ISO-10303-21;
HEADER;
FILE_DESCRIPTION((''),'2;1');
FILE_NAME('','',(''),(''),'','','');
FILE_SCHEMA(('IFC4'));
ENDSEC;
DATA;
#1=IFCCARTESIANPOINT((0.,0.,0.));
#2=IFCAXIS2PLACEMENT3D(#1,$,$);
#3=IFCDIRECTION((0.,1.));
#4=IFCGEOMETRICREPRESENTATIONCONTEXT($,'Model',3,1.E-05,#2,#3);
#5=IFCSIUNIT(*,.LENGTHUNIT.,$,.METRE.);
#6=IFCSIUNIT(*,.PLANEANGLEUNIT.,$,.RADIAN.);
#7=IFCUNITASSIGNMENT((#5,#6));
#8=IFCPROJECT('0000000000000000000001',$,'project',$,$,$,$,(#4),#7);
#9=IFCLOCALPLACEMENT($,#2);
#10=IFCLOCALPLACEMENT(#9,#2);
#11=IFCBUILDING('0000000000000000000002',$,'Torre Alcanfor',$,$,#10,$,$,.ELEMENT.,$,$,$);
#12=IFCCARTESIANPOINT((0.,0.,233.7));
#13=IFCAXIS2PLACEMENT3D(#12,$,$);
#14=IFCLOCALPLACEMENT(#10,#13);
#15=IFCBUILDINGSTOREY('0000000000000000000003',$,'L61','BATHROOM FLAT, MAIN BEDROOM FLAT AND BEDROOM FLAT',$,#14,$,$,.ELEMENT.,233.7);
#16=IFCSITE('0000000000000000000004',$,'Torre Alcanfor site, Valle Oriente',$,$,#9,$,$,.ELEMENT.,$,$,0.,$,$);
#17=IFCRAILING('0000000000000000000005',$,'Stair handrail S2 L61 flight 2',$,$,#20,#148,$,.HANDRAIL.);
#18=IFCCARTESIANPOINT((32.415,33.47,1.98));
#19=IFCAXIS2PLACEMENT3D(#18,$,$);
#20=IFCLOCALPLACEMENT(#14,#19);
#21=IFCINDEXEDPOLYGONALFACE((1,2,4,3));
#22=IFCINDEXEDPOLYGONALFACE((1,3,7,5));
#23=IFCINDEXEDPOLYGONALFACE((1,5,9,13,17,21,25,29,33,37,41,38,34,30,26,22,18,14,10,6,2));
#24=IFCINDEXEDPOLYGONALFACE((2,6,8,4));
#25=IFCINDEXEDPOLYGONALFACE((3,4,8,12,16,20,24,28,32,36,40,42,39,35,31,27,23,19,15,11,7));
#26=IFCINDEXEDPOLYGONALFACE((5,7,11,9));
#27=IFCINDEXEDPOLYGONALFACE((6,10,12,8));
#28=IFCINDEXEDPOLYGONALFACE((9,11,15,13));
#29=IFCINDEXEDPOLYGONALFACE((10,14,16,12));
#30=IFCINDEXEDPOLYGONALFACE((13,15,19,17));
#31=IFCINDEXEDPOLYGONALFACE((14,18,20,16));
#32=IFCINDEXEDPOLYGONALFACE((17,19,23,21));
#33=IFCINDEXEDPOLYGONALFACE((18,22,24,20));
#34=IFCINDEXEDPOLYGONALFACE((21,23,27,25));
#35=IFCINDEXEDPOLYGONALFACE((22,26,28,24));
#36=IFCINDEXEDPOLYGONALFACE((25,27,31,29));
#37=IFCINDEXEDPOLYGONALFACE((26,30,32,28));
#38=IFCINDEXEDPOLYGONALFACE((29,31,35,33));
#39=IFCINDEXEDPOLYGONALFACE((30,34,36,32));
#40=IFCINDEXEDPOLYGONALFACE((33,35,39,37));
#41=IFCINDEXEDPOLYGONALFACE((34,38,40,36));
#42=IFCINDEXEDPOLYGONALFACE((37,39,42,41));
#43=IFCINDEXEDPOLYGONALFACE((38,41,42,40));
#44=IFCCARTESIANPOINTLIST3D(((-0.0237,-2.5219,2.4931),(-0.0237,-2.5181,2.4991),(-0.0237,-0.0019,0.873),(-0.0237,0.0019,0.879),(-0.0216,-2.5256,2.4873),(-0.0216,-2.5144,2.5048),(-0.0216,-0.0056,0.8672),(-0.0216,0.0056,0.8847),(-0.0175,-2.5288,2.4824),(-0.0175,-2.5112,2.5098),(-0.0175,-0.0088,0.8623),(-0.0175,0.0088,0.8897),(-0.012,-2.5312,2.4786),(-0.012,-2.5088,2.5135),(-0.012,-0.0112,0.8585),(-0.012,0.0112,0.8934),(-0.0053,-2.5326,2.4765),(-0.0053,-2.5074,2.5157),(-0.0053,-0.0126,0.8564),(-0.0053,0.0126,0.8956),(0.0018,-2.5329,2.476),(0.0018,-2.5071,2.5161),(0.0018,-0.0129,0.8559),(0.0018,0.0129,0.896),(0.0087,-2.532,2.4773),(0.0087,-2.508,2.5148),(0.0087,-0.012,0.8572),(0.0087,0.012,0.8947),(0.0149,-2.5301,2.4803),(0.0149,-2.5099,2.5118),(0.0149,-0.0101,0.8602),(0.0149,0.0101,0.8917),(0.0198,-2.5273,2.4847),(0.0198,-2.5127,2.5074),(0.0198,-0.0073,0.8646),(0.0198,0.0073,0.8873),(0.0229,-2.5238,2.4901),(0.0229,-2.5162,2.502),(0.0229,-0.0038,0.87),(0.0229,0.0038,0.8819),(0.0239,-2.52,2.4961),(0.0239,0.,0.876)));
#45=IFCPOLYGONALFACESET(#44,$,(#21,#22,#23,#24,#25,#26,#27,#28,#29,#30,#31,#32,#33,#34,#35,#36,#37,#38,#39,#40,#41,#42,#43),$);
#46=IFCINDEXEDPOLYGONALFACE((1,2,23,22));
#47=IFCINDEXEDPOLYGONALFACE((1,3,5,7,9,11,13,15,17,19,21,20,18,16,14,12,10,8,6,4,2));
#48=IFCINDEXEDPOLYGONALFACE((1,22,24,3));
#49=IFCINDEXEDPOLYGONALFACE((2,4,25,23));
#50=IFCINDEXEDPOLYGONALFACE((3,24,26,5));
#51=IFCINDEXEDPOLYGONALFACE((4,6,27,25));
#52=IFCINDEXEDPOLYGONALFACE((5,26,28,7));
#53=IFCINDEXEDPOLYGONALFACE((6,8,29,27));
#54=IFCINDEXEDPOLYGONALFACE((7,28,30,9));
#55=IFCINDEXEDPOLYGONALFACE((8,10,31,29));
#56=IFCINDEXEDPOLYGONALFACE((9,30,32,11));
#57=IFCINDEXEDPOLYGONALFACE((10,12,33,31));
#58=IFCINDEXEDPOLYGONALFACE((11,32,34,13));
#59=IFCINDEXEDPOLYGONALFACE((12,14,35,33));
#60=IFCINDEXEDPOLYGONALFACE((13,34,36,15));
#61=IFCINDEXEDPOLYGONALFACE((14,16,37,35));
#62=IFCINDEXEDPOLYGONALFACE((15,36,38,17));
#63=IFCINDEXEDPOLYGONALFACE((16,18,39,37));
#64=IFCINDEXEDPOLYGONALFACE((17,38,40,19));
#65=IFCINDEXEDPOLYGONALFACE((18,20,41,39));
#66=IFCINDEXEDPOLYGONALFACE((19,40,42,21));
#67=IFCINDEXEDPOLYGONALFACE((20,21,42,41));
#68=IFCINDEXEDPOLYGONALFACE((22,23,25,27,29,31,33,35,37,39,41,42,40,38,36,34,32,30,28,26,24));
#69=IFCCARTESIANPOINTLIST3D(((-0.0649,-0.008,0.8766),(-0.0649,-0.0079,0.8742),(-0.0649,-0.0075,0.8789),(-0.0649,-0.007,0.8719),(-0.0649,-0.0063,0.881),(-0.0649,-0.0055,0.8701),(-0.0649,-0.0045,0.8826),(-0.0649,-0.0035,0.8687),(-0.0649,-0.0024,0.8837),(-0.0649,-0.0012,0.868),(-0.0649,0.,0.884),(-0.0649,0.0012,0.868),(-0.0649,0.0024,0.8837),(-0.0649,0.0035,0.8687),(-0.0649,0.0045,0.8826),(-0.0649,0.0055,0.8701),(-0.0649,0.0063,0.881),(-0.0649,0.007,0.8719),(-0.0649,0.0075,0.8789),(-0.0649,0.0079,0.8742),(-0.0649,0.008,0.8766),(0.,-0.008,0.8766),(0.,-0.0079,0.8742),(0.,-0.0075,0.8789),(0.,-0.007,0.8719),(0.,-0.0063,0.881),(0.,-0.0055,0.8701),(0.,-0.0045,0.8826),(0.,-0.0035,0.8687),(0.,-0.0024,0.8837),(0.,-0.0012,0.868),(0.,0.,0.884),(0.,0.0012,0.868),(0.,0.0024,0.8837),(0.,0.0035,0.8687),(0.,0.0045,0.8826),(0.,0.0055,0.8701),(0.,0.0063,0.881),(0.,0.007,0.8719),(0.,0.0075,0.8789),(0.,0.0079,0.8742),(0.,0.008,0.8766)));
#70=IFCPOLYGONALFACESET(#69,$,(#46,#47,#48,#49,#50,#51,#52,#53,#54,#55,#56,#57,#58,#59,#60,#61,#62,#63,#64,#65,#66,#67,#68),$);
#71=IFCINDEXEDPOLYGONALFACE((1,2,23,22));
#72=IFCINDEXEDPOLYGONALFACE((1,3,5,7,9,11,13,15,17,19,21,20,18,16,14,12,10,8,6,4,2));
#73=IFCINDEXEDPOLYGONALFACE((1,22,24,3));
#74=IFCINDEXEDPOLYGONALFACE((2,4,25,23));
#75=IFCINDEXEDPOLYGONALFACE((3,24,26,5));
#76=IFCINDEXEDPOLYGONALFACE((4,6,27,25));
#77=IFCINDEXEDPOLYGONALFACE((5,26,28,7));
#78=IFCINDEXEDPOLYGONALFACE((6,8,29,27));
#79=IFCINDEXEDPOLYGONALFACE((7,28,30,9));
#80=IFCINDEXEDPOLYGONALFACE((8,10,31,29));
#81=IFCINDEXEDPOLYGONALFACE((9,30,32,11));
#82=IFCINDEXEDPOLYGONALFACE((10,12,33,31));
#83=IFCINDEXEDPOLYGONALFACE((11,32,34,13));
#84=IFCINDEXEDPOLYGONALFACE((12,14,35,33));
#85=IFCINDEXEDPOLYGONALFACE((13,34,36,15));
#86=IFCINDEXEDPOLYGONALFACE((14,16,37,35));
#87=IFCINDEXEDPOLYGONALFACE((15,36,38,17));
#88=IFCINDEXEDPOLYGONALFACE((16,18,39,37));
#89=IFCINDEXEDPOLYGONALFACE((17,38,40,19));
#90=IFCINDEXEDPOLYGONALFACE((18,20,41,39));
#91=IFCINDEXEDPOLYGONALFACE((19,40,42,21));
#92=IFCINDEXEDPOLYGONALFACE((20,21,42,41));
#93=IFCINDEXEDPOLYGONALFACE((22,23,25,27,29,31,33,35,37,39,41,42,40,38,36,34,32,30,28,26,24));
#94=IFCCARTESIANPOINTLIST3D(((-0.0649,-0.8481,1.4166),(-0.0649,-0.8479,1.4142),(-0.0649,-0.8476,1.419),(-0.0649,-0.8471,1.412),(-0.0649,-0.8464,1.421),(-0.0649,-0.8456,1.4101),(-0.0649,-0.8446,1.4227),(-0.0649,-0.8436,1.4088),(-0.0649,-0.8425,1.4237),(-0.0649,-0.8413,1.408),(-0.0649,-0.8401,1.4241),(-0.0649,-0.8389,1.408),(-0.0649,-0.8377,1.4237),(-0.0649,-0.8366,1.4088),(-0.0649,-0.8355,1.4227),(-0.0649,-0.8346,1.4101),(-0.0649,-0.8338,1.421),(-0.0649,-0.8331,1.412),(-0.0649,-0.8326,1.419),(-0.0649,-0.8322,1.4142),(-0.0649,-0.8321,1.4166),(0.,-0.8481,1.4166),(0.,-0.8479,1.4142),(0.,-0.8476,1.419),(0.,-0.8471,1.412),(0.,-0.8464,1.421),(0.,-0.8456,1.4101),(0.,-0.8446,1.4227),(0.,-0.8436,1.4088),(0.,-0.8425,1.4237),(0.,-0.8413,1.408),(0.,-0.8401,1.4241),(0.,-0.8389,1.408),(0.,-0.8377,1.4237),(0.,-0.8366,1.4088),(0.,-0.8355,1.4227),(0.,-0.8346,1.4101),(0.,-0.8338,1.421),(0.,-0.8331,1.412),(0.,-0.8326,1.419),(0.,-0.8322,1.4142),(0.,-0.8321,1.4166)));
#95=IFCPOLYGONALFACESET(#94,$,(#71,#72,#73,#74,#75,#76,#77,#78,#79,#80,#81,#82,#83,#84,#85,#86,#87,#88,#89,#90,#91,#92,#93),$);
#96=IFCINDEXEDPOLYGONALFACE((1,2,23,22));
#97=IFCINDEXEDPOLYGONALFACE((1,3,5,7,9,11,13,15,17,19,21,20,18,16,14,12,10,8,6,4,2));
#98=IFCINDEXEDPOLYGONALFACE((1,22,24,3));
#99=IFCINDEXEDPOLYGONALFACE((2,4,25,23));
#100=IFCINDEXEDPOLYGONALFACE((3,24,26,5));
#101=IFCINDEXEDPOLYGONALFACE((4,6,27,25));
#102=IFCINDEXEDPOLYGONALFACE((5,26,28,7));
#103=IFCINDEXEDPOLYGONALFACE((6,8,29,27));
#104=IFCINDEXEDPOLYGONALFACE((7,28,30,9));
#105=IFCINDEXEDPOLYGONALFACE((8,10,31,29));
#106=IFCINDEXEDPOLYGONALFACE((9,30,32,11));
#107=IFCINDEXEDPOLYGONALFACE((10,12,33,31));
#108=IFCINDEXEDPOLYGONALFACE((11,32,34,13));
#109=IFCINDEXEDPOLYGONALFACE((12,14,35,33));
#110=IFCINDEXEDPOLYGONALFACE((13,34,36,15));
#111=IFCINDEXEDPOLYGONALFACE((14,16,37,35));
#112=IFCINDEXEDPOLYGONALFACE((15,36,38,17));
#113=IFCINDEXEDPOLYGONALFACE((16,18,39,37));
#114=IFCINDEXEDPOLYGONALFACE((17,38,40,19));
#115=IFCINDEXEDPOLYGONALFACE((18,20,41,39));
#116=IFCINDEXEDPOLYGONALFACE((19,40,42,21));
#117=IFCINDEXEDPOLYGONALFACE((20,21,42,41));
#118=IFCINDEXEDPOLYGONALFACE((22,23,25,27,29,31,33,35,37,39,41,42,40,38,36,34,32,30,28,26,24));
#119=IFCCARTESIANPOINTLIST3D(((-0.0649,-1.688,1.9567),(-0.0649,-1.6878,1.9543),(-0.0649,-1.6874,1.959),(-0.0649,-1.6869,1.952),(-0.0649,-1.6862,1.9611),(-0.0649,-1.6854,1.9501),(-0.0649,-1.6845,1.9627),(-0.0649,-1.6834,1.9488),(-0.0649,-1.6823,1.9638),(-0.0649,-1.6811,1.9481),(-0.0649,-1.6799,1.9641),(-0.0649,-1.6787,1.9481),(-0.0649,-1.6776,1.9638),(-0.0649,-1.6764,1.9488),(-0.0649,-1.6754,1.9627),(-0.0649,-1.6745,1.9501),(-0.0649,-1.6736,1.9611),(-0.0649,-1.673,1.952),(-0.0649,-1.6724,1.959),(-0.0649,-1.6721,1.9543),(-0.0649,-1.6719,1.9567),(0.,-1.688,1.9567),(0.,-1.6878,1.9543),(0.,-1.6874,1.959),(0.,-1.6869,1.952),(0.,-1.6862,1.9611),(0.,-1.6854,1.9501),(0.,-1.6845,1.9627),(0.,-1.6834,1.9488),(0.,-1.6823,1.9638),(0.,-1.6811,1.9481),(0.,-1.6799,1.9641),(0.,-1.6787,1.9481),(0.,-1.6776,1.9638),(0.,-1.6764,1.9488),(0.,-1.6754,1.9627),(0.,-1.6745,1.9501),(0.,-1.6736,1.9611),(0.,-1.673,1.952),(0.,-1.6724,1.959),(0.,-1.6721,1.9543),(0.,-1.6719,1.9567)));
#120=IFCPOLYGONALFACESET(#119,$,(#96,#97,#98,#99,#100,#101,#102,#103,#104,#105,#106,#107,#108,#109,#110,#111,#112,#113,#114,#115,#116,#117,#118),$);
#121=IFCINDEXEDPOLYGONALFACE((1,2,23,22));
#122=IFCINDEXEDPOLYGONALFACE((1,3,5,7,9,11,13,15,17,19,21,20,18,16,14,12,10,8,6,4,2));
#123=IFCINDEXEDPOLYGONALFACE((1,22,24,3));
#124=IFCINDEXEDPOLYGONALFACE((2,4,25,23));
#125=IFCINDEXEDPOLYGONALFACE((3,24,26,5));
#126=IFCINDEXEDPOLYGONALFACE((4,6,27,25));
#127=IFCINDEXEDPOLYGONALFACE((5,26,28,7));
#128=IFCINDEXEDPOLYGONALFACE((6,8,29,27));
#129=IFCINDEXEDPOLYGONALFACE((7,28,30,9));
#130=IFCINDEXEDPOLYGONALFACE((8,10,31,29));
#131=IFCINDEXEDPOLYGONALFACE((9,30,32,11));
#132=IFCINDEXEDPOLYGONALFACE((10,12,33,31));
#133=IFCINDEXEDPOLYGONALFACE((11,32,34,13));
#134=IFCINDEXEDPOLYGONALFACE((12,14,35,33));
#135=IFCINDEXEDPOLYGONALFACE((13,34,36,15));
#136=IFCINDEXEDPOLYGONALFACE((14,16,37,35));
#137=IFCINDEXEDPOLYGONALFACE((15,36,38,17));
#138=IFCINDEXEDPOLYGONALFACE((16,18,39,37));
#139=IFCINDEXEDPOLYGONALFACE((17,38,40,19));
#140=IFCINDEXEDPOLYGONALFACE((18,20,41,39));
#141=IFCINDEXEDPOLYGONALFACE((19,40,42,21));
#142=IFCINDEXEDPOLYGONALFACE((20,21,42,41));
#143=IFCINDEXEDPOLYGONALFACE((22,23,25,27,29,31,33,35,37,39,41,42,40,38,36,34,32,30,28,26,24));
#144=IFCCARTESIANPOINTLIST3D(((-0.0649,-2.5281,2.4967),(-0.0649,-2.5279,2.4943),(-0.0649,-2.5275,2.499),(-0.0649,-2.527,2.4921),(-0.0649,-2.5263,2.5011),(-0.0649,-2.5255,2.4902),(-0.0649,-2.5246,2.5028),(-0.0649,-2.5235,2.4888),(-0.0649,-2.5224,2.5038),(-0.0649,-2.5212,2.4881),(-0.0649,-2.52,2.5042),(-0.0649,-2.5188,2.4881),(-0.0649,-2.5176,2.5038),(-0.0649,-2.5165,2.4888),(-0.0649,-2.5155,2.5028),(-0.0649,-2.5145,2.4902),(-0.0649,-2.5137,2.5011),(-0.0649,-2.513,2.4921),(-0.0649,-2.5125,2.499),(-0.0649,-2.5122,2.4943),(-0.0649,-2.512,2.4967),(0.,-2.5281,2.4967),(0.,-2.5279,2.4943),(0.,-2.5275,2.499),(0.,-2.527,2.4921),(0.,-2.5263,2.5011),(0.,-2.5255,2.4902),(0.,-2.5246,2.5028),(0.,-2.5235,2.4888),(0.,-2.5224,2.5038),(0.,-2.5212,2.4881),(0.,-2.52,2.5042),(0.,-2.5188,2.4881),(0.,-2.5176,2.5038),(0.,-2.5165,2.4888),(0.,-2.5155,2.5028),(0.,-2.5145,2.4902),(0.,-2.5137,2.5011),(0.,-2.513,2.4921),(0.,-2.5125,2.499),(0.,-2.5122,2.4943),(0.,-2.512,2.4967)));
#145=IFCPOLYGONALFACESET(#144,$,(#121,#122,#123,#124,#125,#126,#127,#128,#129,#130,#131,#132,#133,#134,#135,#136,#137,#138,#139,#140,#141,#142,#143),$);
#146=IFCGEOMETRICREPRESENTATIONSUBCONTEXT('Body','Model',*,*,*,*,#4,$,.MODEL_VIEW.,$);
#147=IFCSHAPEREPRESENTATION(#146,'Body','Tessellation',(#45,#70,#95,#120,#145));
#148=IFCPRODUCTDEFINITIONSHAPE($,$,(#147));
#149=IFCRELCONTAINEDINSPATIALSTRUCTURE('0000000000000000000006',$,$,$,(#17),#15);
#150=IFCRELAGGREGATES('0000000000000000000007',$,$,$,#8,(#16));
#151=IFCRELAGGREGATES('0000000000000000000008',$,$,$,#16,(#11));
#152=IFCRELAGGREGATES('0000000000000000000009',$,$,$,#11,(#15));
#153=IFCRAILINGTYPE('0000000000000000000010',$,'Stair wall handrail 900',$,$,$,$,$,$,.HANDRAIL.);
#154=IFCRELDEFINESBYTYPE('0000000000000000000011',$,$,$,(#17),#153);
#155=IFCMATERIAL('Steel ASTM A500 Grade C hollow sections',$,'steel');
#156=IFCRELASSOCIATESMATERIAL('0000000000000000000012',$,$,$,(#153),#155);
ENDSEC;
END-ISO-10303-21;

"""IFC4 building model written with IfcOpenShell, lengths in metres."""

from ifc_helpers import new_model, si_unit, direction, frame, origin, origin_2d, place, context, subcontext, project, spatial, circle, extrude, material, type_object, element, save


model = new_model("IFC4")

# Units and contexts
model_context = context("Model", 3, precision=1e-05, world=origin(), true_north=direction((0.0, 1.0)))
body_context = subcontext(model_context, "Body", "Model", "MODEL_VIEW")
ifc_project = project(units=[si_unit("LENGTHUNIT", "METRE"), si_unit("PLANEANGLEUNIT", "RADIAN")], contexts=[model_context])

# Site, building, storey
site_placement = place(None, origin())
site = spatial("IfcSite", under=ifc_project, at=site_placement, Name="Torre Alcanfor site, Valle Oriente", CompositionType="ELEMENT", RefElevation=0.0)
building_placement = place(site_placement, origin())
building = spatial("IfcBuilding", under=site, at=building_placement, Name="Torre Alcanfor", CompositionType="ELEMENT")
storey_placement = place(building_placement, frame((0.0, 0.0, 233.7)))
storey = spatial("IfcBuildingStorey", under=building, at=storey_placement, Name="L61", Description="BATHROOM FLAT, MAIN BEDROOM FLAT AND BEDROOM FLAT", CompositionType="ELEMENT", Elevation=233.7)

# Railing
ifc_material_1 = material(Name="Steel ASTM A500 Grade C hollow sections", Category="steel")
railing_type_1 = type_object("IfcRailingType", Name="Stair wall handrail 900", PredefinedType="HANDRAIL", material=ifc_material_1)
railing_1_placement = place(storey_placement, frame((32.415, 33.47, 1.98)))
element("IfcRailing", 1, at=railing_1_placement, inside=storey, type_object=railing_type_1, Name="Stair handrail S2 L61 flight 2", PredefinedType="HANDRAIL", context=body_context, shape_type="SweptSolid", body=[
    extrude(circle(Radius=0.0239, at=origin_2d()), frame((0.0, 0.0, 0.876), z_axis=(0.0, -0.841163, 0.540782), x_axis=(1.0, 0.0, 0.0)), (0.0, 0.0, 1.0), 2.9958),
    extrude(circle(Radius=0.0081, at=origin_2d()), frame((0.0, 0.0, 0.876), z_axis=(-1.0, 0.0, 0.0), x_axis=(0.0, 0.0, 1.0)), (0.0, 0.0, 1.0), 0.0649),
    extrude(circle(Radius=0.0081, at=origin_2d()), frame((0.0, -0.8401, 1.416), z_axis=(-1.0, 0.0, 0.0), x_axis=(0.0, 0.0, 1.0)), (0.0, 0.0, 1.0), 0.0649),
    extrude(circle(Radius=0.0081, at=origin_2d()), frame((0.0, -1.6799, 1.9561), z_axis=(-1.0, 0.0, 0.0), x_axis=(0.0, 0.0, 1.0)), (0.0, 0.0, 1.0), 0.0649),
    extrude(circle(Radius=0.0081, at=origin_2d()), frame((0.0, -2.52, 2.4961), z_axis=(-1.0, 0.0, 0.0), x_axis=(0.0, 0.0, 1.0)), (0.0, 0.0, 1.0), 0.0649),
])

save(model, "model.ifc")
